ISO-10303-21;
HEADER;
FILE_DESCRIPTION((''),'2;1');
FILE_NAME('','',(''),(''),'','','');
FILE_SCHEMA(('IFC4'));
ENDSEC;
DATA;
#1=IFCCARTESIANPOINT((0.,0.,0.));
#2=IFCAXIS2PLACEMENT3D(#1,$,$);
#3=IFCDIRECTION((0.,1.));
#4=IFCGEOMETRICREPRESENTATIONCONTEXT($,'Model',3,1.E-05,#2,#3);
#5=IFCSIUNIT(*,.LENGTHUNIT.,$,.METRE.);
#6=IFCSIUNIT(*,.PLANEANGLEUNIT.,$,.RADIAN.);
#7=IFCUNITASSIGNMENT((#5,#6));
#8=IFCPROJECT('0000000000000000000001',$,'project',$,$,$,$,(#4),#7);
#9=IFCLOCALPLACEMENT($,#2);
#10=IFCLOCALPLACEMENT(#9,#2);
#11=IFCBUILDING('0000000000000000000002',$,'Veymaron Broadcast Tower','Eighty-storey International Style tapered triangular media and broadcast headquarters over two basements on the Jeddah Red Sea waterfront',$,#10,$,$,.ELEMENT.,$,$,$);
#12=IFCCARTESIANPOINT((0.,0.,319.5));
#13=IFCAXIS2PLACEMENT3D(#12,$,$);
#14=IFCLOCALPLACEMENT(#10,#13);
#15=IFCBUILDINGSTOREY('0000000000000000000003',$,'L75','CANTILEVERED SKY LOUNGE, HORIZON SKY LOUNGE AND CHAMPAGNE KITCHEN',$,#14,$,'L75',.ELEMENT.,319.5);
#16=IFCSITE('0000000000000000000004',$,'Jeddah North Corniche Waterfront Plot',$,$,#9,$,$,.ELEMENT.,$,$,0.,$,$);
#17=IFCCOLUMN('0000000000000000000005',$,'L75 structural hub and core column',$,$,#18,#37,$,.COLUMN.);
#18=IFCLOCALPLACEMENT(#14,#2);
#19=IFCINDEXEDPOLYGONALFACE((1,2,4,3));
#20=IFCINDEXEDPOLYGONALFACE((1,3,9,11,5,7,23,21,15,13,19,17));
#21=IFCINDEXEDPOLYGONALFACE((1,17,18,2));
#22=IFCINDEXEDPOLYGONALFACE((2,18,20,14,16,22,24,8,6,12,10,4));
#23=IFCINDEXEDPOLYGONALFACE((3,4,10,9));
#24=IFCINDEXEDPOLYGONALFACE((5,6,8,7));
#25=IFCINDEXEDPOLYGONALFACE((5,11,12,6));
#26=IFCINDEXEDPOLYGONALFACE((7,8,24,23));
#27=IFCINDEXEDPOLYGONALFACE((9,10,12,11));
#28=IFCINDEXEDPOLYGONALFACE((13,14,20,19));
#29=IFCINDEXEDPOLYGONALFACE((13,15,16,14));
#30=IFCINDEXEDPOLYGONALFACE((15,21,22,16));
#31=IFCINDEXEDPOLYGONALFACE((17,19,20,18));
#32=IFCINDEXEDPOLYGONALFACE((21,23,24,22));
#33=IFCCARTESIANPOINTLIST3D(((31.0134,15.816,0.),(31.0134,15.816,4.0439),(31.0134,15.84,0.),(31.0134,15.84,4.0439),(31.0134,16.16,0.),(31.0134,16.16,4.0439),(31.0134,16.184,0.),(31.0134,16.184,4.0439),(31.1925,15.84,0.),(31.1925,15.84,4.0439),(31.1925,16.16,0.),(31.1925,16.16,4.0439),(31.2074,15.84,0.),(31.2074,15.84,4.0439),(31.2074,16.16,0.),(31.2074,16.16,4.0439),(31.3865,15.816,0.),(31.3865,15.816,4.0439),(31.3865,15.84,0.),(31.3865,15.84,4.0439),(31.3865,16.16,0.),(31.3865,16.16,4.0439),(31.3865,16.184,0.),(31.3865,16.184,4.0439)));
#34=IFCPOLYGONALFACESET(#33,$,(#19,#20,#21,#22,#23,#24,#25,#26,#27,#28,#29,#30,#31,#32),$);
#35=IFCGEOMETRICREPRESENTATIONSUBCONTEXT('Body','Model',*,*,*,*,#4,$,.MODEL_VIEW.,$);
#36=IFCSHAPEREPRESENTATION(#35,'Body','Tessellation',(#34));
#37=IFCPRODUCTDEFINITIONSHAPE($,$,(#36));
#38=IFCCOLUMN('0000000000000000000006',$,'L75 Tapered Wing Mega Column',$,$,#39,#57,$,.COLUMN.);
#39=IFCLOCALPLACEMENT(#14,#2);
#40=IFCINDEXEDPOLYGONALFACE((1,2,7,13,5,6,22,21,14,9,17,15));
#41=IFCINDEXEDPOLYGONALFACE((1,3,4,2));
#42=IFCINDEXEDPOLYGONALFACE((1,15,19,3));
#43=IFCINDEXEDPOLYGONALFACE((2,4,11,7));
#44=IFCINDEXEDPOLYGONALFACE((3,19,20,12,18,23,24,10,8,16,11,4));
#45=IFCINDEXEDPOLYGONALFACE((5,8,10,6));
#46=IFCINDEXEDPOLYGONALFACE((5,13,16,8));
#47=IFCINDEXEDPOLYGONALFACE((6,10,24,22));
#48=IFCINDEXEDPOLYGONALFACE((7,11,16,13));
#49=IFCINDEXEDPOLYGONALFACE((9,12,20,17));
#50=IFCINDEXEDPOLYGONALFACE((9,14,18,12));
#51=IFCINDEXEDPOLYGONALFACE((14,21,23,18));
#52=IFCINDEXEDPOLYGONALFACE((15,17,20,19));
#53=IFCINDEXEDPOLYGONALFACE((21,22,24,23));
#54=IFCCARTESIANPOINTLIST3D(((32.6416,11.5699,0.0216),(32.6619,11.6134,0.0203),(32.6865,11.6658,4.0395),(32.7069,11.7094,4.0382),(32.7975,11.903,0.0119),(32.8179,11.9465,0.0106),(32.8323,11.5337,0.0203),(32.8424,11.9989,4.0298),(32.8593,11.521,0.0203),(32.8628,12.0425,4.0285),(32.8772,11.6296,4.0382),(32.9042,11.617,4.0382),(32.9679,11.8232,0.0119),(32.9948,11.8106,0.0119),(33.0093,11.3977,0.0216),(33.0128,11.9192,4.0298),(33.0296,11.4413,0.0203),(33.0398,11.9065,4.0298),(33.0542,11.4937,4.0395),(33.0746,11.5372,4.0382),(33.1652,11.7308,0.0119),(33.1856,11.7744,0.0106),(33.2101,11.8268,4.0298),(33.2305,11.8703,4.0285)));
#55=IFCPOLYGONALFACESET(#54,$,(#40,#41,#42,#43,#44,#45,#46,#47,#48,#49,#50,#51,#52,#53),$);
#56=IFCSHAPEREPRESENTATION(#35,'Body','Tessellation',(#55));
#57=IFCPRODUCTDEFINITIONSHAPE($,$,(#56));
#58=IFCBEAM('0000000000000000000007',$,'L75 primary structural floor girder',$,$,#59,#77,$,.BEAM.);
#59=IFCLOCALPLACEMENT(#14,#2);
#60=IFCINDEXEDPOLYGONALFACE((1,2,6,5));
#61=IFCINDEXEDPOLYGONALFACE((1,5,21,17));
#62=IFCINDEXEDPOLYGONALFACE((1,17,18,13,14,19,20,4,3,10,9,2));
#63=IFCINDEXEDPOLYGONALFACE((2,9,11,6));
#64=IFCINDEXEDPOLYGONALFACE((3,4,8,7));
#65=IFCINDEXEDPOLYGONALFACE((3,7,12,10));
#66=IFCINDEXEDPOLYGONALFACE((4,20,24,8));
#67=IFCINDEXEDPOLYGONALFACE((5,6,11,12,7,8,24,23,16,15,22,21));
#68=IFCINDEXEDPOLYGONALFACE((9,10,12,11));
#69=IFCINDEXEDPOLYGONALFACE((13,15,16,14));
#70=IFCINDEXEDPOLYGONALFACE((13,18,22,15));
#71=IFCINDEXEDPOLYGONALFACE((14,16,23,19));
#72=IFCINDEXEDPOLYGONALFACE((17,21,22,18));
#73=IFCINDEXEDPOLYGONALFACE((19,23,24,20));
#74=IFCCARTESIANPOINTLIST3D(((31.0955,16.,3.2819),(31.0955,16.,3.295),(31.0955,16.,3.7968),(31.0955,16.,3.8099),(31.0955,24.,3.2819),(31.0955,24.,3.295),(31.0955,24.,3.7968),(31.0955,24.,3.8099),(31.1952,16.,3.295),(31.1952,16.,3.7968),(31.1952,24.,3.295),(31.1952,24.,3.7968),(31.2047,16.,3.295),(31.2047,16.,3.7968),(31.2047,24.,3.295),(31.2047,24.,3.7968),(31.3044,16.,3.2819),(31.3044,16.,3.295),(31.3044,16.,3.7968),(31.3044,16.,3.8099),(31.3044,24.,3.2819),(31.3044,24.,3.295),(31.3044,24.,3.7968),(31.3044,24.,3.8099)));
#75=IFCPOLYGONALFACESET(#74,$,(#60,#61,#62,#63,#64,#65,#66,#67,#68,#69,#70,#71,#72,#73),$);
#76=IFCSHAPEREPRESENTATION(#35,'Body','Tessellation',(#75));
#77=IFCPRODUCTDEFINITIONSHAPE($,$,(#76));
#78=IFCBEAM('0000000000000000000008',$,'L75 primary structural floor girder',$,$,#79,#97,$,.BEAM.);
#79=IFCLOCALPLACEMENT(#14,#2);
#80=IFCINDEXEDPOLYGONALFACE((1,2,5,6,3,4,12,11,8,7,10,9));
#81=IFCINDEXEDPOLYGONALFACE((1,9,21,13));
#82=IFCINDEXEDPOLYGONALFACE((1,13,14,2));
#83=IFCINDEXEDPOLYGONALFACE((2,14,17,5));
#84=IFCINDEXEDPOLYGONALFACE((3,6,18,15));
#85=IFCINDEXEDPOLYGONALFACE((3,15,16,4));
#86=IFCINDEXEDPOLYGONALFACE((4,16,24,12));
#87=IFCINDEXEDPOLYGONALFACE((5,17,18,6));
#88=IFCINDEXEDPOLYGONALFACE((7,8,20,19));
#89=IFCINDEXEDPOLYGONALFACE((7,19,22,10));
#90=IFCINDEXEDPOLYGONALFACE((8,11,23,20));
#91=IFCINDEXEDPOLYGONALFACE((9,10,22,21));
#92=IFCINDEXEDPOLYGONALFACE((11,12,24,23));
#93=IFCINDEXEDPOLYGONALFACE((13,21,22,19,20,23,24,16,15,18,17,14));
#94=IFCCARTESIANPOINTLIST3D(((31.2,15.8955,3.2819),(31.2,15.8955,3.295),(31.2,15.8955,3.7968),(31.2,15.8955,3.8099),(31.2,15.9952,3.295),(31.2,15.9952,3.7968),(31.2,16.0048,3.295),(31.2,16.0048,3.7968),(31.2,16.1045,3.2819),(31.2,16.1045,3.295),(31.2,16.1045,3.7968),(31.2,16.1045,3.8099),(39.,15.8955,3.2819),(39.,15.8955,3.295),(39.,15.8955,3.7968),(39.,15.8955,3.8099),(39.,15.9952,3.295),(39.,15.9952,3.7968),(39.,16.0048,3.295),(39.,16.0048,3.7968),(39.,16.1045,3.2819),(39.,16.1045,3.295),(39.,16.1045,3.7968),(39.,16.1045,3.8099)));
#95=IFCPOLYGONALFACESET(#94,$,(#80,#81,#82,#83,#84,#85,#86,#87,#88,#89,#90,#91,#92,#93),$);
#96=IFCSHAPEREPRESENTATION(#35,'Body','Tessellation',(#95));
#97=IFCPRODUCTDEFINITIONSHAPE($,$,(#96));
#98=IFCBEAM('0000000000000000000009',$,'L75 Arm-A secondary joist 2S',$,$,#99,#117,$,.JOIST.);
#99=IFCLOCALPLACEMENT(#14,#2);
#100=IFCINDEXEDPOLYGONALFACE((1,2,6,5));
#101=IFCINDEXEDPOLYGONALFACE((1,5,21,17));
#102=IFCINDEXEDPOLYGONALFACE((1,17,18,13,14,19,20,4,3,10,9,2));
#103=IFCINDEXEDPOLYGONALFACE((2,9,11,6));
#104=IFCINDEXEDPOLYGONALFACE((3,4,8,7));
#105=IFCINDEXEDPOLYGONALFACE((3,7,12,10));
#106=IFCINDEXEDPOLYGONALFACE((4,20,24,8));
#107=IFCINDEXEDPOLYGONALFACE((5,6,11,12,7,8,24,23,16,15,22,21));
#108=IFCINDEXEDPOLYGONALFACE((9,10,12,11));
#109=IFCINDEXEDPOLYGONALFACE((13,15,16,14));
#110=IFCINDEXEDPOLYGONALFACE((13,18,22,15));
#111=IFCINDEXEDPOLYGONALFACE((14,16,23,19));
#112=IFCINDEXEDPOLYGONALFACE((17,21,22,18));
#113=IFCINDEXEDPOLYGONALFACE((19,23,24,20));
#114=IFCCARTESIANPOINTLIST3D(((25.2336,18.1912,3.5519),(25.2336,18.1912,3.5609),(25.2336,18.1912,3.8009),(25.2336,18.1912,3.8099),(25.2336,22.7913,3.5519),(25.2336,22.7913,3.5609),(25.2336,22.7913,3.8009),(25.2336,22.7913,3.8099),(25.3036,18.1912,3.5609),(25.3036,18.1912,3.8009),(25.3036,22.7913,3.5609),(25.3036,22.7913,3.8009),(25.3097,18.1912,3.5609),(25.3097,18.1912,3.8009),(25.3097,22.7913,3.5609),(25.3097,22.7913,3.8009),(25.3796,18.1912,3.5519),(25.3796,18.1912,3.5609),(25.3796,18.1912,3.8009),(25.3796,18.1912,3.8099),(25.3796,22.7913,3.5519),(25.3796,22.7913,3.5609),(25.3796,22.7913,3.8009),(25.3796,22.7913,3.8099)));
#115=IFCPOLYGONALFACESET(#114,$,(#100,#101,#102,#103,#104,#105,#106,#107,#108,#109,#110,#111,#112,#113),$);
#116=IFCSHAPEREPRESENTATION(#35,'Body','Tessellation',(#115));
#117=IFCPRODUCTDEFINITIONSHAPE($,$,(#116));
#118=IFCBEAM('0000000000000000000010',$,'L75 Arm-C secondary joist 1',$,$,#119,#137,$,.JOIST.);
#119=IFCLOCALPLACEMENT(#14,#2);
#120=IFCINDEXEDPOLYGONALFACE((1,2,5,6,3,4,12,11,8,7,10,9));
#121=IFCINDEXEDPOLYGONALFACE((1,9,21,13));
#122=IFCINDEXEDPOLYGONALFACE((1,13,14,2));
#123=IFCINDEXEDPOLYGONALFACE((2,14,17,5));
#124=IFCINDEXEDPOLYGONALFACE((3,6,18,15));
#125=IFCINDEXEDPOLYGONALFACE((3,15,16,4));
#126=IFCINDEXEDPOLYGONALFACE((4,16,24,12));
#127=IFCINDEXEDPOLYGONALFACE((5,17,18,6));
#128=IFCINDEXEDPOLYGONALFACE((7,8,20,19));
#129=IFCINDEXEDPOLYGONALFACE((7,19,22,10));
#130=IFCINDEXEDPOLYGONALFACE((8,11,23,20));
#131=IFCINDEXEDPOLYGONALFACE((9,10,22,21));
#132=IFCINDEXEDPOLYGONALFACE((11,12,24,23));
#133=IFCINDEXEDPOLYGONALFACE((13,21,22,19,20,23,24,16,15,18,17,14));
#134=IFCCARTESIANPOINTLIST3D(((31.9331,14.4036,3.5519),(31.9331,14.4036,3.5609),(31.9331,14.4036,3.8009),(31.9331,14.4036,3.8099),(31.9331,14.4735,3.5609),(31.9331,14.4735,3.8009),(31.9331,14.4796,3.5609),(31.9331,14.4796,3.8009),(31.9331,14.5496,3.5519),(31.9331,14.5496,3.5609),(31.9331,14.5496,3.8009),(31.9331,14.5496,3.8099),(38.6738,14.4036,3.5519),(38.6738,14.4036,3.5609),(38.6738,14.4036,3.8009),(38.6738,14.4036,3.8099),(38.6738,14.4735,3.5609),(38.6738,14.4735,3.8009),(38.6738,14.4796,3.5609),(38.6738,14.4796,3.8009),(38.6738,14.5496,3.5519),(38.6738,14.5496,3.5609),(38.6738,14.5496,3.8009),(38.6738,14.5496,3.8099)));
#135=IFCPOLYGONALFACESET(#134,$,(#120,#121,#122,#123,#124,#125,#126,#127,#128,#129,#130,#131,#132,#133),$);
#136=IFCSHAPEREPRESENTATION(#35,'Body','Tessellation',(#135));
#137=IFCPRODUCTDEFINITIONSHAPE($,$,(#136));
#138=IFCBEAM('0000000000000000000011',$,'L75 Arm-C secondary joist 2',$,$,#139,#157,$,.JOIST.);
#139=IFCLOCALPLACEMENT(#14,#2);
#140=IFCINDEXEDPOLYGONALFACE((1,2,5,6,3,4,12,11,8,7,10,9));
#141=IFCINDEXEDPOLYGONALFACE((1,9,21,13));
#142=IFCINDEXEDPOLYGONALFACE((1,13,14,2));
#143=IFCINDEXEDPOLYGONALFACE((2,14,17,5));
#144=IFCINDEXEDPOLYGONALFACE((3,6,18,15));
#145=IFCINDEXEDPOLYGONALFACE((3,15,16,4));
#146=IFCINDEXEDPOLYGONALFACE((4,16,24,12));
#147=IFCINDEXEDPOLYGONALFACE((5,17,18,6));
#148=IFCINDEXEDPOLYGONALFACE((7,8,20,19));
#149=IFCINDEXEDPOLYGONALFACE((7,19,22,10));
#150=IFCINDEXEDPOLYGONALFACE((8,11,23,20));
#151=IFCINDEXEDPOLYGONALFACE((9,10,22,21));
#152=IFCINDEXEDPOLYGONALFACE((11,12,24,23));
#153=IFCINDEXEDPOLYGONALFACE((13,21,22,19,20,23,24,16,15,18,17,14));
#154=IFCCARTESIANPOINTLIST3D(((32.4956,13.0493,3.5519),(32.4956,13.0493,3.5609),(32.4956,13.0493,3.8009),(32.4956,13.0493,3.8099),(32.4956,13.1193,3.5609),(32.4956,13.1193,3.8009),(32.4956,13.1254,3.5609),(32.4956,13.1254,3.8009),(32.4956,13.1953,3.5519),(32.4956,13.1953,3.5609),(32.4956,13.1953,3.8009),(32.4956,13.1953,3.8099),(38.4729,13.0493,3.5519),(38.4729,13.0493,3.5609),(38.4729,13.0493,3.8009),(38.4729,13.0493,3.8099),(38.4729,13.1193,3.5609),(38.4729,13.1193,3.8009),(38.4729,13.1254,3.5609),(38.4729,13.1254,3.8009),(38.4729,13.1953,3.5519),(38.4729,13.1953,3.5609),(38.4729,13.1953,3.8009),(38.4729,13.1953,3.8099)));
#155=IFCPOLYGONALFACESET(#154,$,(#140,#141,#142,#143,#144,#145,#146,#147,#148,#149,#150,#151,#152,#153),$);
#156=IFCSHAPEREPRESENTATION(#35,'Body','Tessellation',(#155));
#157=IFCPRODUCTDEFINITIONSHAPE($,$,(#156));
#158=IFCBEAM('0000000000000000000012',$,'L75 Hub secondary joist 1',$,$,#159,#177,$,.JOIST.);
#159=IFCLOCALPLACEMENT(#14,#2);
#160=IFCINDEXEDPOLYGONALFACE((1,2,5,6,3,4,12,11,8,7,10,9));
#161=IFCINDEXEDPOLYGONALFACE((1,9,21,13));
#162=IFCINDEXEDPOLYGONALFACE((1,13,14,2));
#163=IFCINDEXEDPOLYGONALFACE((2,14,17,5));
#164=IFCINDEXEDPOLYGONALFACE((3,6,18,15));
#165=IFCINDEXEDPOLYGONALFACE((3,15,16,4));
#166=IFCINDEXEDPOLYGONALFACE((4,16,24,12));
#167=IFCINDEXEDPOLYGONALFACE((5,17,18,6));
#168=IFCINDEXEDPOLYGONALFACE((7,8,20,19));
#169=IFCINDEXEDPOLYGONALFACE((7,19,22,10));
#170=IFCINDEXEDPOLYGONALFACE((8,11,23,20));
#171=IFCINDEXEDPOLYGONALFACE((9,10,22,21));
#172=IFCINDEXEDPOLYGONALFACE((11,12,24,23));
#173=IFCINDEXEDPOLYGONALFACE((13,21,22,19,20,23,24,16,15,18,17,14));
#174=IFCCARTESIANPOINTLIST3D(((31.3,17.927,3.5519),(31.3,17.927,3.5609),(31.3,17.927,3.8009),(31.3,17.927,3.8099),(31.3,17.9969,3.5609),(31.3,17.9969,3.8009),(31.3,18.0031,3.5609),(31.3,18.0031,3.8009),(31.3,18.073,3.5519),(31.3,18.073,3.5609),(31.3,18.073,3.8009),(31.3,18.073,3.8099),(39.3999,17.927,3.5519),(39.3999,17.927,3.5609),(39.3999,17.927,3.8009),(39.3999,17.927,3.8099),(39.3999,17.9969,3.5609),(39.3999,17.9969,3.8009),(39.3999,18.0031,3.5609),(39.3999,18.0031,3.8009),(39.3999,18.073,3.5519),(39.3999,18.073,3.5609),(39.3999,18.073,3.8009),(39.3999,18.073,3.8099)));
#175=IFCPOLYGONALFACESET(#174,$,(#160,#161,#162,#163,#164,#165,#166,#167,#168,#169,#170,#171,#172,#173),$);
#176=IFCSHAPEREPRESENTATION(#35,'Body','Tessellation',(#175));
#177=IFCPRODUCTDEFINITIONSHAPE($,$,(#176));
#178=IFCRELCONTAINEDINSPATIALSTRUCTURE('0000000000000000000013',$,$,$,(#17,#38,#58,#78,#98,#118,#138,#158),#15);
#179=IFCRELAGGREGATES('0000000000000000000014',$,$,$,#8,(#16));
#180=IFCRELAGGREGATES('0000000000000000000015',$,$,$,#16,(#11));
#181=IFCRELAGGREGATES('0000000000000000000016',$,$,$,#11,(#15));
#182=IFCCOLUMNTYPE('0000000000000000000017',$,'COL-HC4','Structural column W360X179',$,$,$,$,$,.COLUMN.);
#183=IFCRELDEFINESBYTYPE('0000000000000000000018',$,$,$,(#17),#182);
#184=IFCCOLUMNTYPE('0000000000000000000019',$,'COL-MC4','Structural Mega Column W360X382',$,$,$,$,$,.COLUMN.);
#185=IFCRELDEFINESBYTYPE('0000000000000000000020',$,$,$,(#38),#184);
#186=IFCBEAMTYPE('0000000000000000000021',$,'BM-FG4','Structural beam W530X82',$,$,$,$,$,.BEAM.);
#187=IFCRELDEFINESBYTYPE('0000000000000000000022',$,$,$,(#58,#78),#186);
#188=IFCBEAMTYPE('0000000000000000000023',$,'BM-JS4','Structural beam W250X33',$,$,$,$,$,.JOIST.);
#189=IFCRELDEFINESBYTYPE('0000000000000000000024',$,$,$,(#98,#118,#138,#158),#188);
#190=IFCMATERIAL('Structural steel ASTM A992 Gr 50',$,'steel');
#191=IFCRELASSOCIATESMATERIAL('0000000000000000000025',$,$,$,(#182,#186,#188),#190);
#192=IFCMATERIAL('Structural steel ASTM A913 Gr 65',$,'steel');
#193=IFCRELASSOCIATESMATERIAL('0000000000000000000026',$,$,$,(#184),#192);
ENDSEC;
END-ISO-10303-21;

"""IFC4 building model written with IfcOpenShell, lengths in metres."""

from ifc_helpers import new_model, si_unit, direction, frame, origin, origin_2d, place, context, subcontext, project, spatial, i_section, extrude, material, material_profile, profile_set, type_object, element, save


model = new_model("IFC4")

# Units and contexts
model_context = context("Model", 3, precision=1e-05, world=origin(), true_north=direction((0.0, 1.0)))
body_context = subcontext(model_context, "Body", "Model", "MODEL_VIEW")
ifc_project = project(units=[si_unit("LENGTHUNIT", "METRE"), si_unit("PLANEANGLEUNIT", "RADIAN")], contexts=[model_context])

# Site, building, storey
site_placement = place(None, origin())
site = spatial("IfcSite", under=ifc_project, at=site_placement, Name="Jeddah North Corniche Waterfront Plot", CompositionType="ELEMENT", RefElevation=0.0)
building_placement = place(site_placement, origin())
building = spatial("IfcBuilding", under=site, at=building_placement, Name="Veymaron Broadcast Tower", Description="Eighty-storey International Style tapered triangular media and broadcast headquarters over two basements on the Jeddah Red Sea waterfront", CompositionType="ELEMENT")
storey_placement = place(building_placement, frame((0.0, 0.0, 319.5)))
storey = spatial("IfcBuildingStorey", under=building, at=storey_placement, Name="L75", Description="CANTILEVERED SKY LOUNGE, HORIZON SKY LOUNGE AND CHAMPAGNE KITCHEN", LongName="L75", CompositionType="ELEMENT", Elevation=319.5)

# Columns
ifc_material_1 = material(Name="Structural steel ASTM A992 Gr 50", Category="steel")
ifc_material_profile_1 = material_profile(ifc_material_1, i_section(OverallWidth=0.373, OverallDepth=0.3679, WebThickness=0.0149, FlangeThickness=0.0239, at=origin_2d()), Name="W360X179")
ifc_profile_set_1 = profile_set([ifc_material_profile_1], Name="Structural steel ASTM A992 Gr 50")
column_type_1 = type_object("IfcColumnType", Name="COL-HC4", Description="Structural column W360X179", PredefinedType="COLUMN", material=ifc_profile_set_1)
column_1_placement = place(storey_placement, frame((31.2, 16.0, 0.0), z_axis=(0.0, 0.0, 1.0), x_axis=(1.0, 0.0, 0.0)))
element("IfcColumn", 1, at=column_1_placement, inside=storey, type_object=column_type_1, Name="L75 structural hub and core column", PredefinedType="COLUMN", context=body_context, shape_type="SweptSolid", body=[
    extrude(i_section(OverallWidth=0.373, OverallDepth=0.3679, WebThickness=0.0149, FlangeThickness=0.0239, at=origin_2d()), origin(), (0.0, 0.0, 1.0), 4.0439),
])
ifc_material_2 = material(Name="Structural steel ASTM A913 Gr 65", Category="steel")
ifc_material_profile_2 = material_profile(ifc_material_2, i_section(OverallWidth=0.406, OverallDepth=0.416, WebThickness=0.0298, FlangeThickness=0.0481, at=origin_2d()), Name="W360X382")
ifc_profile_set_2 = profile_set([ifc_material_profile_2], Name="Structural steel ASTM A913 Gr 65")
column_type_2 = type_object("IfcColumnType", Name="COL-MC4", Description="Structural Mega Column W360X382", PredefinedType="COLUMN", material=ifc_profile_set_2)
column_2_placement = place(storey_placement, frame((32.9136, 11.6721, 0.0161), z_axis=(0.011177, 0.023872, 0.999653), x_axis=(-0.905653, 0.424021, 0.0)))
element("IfcColumn", 2, at=column_2_placement, inside=storey, type_object=column_type_2, Name="L75 Tapered Wing Mega Column", PredefinedType="COLUMN", context=body_context, shape_type="SweptSolid", body=[
    extrude(i_section(OverallWidth=0.406, OverallDepth=0.416, WebThickness=0.0298, FlangeThickness=0.0481, at=origin_2d()), origin(), (0.0, 0.0, 1.0), 4.0193),
])

# Beams
ifc_material_profile_3 = material_profile(ifc_material_1, i_section(OverallWidth=0.209, OverallDepth=0.5281, WebThickness=0.0095, FlangeThickness=0.0132, at=origin_2d()), Name="W530X82")
ifc_profile_set_3 = profile_set([ifc_material_profile_3], Name="Structural steel ASTM A992 Gr 50")
beam_type_1 = type_object("IfcBeamType", Name="BM-FG4", Description="Structural beam W530X82", PredefinedType="BEAM", material=ifc_profile_set_3)
beam_1_placement = place(storey_placement, frame((31.2, 16.0, 3.5459), z_axis=(0.0, 1.0, 0.0), x_axis=(-1.0, 0.0, 0.0)))
element("IfcBeam", 3, at=beam_1_placement, inside=storey, type_object=beam_type_1, Name="L75 primary structural floor girder", PredefinedType="BEAM", context=body_context, shape_type="SweptSolid", body=[
    extrude(i_section(OverallWidth=0.209, OverallDepth=0.5281, WebThickness=0.0095, FlangeThickness=0.0132, at=origin_2d()), origin(), (0.0, 0.0, 1.0), 8.0),
])
beam_2_placement = place(storey_placement, frame((31.2, 16.0, 3.5459), z_axis=(1.0, 0.0, 0.0), x_axis=(0.0, 1.0, 0.0)))
element("IfcBeam", 4, at=beam_2_placement, inside=storey, type_object=beam_type_1, Name="L75 primary structural floor girder", PredefinedType="BEAM", context=body_context, shape_type="SweptSolid", body=[
    extrude(i_section(OverallWidth=0.209, OverallDepth=0.5281, WebThickness=0.0095, FlangeThickness=0.0132, at=origin_2d()), origin(), (0.0, 0.0, 1.0), 7.8),
])
ifc_material_profile_4 = material_profile(ifc_material_1, i_section(OverallWidth=0.146, OverallDepth=0.2581, WebThickness=0.0061, FlangeThickness=0.009, at=origin_2d()), Name="W250X33")
ifc_profile_set_4 = profile_set([ifc_material_profile_4], Name="Structural steel ASTM A992 Gr 50")
beam_type_2 = type_object("IfcBeamType", Name="BM-JS4", Description="Structural beam W250X33", PredefinedType="JOIST", material=ifc_profile_set_4)
beam_3_placement = place(storey_placement, frame((25.3066, 18.1912, 3.6809), z_axis=(0.0, 1.0, 0.0), x_axis=(-1.0, 0.0, 0.0)))
element("IfcBeam", 5, at=beam_3_placement, inside=storey, type_object=beam_type_2, Name="L75 Arm-A secondary joist 2S", PredefinedType="JOIST", context=body_context, shape_type="SweptSolid", body=[
    extrude(i_section(OverallWidth=0.146, OverallDepth=0.2581, WebThickness=0.0061, FlangeThickness=0.009, at=origin_2d()), origin(), (0.0, 0.0, 1.0), 4.6001),
])
beam_4_placement = place(storey_placement, frame((31.9331, 14.4766, 3.6809), z_axis=(1.0, 0.0, 0.0), x_axis=(0.0, 1.0, 0.0)))
element("IfcBeam", 6, at=beam_4_placement, inside=storey, type_object=beam_type_2, Name="L75 Arm-C secondary joist 1", PredefinedType="JOIST", context=body_context, shape_type="SweptSolid", body=[
    extrude(i_section(OverallWidth=0.146, OverallDepth=0.2581, WebThickness=0.0061, FlangeThickness=0.009, at=origin_2d()), origin(), (0.0, 0.0, 1.0), 6.7407),
])
beam_5_placement = place(storey_placement, frame((32.4956, 13.1223, 3.6809), z_axis=(1.0, 0.0, 0.0), x_axis=(0.0, 1.0, 0.0)))
element("IfcBeam", 7, at=beam_5_placement, inside=storey, type_object=beam_type_2, Name="L75 Arm-C secondary joist 2", PredefinedType="JOIST", context=body_context, shape_type="SweptSolid", body=[
    extrude(i_section(OverallWidth=0.146, OverallDepth=0.2581, WebThickness=0.0061, FlangeThickness=0.009, at=origin_2d()), origin(), (0.0, 0.0, 1.0), 5.9773),
])
for number, where, z_axis, x_axis, name in (
    (8, (31.3, 18.0, 3.6809), (1.0, 0.0, 0.0), (0.0, 1.0, 0.0), "L75 Hub secondary joist 1"),
):
    element("IfcBeam", number, at=place(storey_placement, frame(where, z_axis=z_axis, x_axis=x_axis)), inside=storey, type_object=beam_type_2, Name=name, PredefinedType="JOIST", context=body_context, shape_type="SweptSolid", body=[
        extrude(i_section(OverallWidth=0.146, OverallDepth=0.2581, WebThickness=0.0061, FlangeThickness=0.009, at=origin_2d()), origin(), (0.0, 0.0, 1.0), 8.0999),
    ])

save(model, "model.ifc")
